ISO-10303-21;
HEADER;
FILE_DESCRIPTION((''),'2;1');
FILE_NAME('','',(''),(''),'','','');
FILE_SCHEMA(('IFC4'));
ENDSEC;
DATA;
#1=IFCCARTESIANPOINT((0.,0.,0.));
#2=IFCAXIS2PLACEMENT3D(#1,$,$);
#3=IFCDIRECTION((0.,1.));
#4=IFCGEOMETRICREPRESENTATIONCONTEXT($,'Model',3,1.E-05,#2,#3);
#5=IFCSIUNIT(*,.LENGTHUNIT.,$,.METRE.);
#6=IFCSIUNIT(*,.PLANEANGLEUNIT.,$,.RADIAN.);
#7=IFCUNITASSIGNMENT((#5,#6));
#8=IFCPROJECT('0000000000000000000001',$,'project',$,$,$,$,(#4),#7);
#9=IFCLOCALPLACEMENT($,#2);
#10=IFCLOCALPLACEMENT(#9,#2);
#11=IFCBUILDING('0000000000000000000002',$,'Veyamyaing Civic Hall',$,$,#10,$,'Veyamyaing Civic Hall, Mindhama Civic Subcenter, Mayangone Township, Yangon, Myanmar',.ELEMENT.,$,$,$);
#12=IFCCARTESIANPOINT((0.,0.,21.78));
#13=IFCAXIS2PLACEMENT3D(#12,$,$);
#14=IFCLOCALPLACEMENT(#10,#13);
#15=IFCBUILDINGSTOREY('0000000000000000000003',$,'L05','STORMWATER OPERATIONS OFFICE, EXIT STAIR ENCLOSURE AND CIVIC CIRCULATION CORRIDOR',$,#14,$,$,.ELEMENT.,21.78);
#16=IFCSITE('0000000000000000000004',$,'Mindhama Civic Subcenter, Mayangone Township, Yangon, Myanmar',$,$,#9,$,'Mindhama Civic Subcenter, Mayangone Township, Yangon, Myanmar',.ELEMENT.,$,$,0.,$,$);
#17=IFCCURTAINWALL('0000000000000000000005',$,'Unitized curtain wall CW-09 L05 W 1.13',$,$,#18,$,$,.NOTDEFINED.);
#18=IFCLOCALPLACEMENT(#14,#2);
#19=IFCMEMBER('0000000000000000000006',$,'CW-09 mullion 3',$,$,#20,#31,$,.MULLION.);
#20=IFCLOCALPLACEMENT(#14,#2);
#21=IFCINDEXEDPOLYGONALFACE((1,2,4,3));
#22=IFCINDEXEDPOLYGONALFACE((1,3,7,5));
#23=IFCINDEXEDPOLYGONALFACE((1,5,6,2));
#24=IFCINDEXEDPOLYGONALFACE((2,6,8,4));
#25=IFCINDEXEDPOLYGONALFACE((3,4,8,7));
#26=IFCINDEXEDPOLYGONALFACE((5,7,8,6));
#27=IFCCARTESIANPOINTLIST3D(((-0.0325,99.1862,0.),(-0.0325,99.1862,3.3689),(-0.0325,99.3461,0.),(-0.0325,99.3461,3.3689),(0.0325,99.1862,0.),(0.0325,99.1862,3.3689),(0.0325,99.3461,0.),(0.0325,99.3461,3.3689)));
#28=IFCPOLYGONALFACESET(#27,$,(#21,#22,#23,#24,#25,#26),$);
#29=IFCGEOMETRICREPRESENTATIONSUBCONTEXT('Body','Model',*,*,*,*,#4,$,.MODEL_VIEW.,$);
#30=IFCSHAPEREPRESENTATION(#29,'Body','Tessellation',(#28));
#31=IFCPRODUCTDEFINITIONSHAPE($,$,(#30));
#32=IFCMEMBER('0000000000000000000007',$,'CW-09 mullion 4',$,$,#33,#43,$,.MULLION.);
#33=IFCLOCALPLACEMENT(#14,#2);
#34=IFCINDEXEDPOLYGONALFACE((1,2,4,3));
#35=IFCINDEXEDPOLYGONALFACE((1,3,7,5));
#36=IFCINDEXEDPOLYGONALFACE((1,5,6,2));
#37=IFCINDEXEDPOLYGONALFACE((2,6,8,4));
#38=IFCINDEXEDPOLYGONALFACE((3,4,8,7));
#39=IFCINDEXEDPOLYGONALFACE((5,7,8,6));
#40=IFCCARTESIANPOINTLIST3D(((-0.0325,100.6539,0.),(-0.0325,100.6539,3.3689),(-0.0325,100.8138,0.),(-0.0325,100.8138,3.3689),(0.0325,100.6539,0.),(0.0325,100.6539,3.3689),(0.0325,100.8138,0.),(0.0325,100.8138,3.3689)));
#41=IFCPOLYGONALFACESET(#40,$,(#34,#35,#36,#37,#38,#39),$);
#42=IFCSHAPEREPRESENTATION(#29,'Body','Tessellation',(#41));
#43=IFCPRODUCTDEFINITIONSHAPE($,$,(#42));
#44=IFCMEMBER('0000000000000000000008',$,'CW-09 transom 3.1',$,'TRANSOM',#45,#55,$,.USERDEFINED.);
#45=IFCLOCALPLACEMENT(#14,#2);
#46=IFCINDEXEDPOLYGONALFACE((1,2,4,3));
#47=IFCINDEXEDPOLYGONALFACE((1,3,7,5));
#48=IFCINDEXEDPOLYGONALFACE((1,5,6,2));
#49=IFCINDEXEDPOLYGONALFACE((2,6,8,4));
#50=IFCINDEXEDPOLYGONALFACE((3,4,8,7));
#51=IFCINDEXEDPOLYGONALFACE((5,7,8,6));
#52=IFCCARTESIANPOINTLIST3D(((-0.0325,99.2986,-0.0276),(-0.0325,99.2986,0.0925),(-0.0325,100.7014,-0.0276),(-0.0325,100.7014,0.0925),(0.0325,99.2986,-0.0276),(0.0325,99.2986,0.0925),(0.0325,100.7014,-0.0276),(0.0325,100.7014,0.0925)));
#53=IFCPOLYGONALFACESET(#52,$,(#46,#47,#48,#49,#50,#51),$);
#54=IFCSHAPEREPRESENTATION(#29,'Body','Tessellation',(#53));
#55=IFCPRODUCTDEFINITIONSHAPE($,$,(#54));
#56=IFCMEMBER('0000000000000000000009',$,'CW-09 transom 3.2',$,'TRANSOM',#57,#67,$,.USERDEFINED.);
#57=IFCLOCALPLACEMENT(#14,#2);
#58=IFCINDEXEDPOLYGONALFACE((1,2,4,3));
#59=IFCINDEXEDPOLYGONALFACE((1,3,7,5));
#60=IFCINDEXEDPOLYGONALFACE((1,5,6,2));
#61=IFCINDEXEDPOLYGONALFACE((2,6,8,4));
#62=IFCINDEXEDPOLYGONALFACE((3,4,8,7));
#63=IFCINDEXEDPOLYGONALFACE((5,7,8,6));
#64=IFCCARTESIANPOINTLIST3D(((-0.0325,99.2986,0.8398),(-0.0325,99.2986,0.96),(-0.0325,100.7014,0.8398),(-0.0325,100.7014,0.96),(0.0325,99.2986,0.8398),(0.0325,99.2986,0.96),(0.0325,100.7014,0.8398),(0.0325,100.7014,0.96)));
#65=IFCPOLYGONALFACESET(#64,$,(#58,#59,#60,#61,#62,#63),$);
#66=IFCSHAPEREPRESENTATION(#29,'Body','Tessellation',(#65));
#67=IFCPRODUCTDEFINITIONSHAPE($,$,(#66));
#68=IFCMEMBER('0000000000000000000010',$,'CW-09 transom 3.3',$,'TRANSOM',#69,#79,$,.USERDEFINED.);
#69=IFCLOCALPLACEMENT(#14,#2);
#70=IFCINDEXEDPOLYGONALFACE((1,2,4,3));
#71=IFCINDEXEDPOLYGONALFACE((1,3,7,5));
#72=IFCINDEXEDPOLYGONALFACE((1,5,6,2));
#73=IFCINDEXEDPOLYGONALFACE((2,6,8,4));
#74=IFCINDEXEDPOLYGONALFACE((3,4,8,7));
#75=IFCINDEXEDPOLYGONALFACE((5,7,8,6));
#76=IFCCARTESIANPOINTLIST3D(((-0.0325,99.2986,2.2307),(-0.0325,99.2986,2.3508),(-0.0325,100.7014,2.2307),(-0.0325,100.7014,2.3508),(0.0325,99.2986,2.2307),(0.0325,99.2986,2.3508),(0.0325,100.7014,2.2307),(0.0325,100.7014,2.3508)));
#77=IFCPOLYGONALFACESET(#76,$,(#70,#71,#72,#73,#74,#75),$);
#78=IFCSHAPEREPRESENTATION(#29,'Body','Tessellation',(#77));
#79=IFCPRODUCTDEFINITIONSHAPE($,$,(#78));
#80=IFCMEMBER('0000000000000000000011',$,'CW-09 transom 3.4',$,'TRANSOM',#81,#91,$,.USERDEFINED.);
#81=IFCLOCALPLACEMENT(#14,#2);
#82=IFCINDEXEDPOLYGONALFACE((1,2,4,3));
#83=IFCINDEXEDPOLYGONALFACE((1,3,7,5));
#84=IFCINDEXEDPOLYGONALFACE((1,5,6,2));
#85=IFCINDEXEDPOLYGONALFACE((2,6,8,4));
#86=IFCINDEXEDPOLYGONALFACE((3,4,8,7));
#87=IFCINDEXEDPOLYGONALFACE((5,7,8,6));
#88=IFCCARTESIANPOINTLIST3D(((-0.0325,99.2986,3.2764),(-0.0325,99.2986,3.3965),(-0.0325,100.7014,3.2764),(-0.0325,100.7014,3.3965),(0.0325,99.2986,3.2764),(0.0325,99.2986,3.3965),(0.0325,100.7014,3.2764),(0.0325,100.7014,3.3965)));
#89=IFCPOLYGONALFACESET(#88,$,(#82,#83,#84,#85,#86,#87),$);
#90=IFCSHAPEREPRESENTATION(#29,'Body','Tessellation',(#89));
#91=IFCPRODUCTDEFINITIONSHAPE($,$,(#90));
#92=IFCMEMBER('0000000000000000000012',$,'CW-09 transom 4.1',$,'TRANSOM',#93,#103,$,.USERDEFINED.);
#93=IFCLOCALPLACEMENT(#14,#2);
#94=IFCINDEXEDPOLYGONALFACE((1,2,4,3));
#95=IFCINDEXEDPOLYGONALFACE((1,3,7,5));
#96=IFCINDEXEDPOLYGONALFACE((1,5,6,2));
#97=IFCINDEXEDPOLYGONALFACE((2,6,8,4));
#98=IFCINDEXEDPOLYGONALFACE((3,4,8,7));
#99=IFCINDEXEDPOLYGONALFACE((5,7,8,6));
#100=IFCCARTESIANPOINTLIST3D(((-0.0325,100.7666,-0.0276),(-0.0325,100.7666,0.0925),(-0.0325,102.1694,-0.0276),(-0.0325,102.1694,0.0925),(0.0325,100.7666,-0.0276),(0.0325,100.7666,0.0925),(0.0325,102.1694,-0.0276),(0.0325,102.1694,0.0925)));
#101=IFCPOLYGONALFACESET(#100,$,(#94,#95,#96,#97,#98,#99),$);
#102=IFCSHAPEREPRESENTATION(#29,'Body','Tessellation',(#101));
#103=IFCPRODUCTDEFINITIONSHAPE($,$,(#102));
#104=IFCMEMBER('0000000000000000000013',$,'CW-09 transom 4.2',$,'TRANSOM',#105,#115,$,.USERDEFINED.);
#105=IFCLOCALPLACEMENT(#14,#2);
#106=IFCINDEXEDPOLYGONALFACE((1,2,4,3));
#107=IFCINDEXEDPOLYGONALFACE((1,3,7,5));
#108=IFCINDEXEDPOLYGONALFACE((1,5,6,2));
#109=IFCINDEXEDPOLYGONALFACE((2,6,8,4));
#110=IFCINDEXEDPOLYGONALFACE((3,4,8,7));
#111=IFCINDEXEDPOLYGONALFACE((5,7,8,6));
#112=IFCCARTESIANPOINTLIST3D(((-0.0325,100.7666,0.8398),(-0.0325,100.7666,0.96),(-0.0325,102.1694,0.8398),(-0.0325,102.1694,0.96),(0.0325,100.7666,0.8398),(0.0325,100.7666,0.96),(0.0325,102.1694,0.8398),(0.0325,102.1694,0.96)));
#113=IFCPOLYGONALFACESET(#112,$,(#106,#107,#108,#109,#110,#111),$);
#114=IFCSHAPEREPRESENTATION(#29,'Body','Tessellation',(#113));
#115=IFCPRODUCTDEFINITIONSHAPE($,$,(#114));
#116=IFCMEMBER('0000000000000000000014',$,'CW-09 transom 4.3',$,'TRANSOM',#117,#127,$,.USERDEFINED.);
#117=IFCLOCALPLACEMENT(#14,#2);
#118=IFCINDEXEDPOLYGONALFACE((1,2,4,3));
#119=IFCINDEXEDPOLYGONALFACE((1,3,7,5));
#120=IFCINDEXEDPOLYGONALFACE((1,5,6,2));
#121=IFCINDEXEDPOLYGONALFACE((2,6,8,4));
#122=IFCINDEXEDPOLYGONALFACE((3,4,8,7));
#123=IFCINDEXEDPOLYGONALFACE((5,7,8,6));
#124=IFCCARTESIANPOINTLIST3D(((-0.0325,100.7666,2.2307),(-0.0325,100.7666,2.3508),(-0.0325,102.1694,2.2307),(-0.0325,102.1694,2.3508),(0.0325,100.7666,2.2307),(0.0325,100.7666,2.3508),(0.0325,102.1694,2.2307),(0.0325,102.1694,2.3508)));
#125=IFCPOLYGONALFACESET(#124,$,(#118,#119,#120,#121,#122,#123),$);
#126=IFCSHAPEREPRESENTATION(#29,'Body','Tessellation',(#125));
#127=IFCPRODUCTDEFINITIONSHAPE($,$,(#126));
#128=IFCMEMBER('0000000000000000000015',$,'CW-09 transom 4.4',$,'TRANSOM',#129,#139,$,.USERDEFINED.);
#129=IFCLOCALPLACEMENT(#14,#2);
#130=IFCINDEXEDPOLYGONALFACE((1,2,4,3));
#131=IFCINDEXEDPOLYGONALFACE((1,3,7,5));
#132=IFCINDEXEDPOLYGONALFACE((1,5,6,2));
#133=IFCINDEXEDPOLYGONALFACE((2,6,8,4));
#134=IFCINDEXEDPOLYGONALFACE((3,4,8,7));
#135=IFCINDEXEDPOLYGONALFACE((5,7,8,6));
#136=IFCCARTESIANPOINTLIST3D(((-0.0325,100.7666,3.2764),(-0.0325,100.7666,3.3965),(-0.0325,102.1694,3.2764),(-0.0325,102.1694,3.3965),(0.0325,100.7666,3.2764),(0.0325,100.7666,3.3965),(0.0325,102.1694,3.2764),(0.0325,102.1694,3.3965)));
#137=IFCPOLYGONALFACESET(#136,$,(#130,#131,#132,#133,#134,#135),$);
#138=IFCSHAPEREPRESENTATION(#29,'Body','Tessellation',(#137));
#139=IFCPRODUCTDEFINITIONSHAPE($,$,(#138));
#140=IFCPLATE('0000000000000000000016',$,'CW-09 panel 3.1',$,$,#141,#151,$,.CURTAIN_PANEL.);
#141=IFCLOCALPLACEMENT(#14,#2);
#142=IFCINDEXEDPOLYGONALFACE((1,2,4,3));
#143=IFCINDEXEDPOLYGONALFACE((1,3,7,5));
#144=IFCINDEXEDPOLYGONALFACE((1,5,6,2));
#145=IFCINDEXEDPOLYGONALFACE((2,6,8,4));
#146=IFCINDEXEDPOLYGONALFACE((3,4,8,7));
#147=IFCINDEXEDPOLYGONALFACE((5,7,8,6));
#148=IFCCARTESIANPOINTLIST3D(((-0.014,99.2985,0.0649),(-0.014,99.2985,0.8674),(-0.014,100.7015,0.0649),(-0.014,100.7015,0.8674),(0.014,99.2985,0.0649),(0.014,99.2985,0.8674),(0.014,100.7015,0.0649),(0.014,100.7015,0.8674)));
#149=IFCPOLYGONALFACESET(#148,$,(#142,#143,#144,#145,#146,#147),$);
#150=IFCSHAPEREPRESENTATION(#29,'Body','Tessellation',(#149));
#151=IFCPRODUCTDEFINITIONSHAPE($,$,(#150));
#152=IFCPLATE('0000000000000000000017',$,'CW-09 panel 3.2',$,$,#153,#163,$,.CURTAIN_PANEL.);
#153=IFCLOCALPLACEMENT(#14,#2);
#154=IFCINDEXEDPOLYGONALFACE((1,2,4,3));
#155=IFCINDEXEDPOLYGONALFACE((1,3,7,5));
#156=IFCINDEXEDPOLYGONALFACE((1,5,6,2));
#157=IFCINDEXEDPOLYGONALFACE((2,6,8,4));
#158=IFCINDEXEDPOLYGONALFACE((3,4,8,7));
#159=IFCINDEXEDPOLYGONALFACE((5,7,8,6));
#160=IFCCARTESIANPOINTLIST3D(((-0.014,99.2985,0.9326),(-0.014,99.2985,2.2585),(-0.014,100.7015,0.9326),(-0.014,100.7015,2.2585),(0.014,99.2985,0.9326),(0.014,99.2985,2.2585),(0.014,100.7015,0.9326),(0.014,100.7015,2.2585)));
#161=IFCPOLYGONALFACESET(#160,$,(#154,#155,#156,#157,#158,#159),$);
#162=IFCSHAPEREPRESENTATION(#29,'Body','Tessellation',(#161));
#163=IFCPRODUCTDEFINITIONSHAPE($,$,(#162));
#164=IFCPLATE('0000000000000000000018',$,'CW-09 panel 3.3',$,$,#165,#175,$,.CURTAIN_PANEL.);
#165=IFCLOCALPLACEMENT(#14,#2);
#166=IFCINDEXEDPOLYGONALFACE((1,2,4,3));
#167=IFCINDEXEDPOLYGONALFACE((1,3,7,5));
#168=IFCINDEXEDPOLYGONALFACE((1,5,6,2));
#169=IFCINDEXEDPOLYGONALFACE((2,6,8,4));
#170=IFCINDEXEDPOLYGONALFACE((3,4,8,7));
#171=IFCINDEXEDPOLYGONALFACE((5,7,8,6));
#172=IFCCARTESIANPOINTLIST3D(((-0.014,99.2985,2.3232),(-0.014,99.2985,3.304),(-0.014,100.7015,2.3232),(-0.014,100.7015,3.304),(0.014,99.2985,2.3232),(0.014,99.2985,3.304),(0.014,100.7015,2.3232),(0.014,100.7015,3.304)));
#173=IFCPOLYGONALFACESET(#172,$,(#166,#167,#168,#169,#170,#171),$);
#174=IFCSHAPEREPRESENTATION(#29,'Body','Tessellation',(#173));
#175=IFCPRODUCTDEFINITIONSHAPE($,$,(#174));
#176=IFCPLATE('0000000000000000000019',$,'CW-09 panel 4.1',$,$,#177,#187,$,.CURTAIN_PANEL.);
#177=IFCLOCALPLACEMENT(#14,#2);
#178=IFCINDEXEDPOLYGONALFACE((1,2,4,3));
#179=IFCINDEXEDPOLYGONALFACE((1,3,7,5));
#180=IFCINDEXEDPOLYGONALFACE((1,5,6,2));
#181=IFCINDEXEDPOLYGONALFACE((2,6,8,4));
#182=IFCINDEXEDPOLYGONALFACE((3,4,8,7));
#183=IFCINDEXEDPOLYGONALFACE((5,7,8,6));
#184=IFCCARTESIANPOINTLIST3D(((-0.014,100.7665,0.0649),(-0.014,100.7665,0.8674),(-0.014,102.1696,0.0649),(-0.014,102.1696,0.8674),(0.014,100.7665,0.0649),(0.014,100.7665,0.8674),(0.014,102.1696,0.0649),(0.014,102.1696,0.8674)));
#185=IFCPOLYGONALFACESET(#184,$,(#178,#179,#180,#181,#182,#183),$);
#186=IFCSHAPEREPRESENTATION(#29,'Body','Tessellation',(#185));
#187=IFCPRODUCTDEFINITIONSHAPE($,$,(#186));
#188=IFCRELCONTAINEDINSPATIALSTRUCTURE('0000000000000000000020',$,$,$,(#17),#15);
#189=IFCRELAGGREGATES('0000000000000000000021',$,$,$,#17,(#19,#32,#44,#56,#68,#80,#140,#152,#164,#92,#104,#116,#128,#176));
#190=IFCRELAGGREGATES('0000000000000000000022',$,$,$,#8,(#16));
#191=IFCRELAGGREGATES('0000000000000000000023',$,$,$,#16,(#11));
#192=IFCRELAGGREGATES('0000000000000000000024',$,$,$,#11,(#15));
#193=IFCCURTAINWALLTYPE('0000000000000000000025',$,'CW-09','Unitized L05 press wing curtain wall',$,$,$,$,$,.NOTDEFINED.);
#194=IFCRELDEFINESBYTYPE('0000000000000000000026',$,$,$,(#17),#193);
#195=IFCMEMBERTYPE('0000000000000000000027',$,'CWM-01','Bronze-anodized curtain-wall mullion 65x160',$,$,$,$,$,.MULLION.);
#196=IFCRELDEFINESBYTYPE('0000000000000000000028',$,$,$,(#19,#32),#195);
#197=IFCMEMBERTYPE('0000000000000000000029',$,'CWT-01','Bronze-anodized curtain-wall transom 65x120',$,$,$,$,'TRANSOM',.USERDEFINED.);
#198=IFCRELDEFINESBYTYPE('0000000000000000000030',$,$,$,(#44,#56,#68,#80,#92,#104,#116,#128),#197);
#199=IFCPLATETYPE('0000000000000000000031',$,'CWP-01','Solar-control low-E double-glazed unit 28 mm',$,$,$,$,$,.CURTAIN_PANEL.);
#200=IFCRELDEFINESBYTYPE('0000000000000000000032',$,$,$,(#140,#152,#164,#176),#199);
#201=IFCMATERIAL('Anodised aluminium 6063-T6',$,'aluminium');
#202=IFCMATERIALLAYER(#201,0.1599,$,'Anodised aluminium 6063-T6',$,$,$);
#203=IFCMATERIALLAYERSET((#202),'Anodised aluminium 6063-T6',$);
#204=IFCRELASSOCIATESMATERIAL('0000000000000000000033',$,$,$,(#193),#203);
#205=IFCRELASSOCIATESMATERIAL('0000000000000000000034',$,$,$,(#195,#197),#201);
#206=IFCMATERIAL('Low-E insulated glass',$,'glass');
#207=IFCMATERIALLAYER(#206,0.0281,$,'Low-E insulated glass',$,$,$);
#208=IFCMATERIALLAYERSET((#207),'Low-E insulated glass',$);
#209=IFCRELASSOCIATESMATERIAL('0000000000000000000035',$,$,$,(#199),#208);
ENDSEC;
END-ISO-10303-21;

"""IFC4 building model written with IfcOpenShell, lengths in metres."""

from ifc_helpers import new_model, si_unit, direction, frame, origin, origin_2d, place, context, subcontext, project, spatial, rectangle, extrude, material, layer, layer_set, material_profile, profile_set, type_object, element, aggregate, save


model = new_model("IFC4")

# Units and contexts
model_context = context("Model", 3, precision=1e-05, world=origin(), true_north=direction((0.0, 1.0)))
body_context = subcontext(model_context, "Body", "Model", "MODEL_VIEW")
ifc_project = project(units=[si_unit("LENGTHUNIT", "METRE"), si_unit("PLANEANGLEUNIT", "RADIAN")], contexts=[model_context])

# Site, building, storey
site_placement = place(None, origin())
site = spatial("IfcSite", under=ifc_project, at=site_placement, Name="Mindhama Civic Subcenter, Mayangone Township, Yangon, Myanmar", LongName="Mindhama Civic Subcenter, Mayangone Township, Yangon, Myanmar", CompositionType="ELEMENT", RefElevation=0.0)
building_placement = place(site_placement, origin())
building = spatial("IfcBuilding", under=site, at=building_placement, Name="Veyamyaing Civic Hall", LongName="Veyamyaing Civic Hall, Mindhama Civic Subcenter, Mayangone Township, Yangon, Myanmar", CompositionType="ELEMENT")
storey_placement = place(building_placement, frame((0.0, 0.0, 21.78)))
storey = spatial("IfcBuildingStorey", under=building, at=storey_placement, Name="L05", Description="STORMWATER OPERATIONS OFFICE, EXIT STAIR ENCLOSURE AND CIVIC CIRCULATION CORRIDOR", CompositionType="ELEMENT", Elevation=21.78)

# Curtain wall, members, plates
ifc_material_1 = material(Name="Anodised aluminium 6063-T6", Category="aluminium")
ifc_layer_1 = layer(ifc_material_1, 0.1599, Name="Anodised aluminium 6063-T6")
ifc_layer_set_1 = layer_set([ifc_layer_1], Name="Anodised aluminium 6063-T6")
curtain_wall_type = type_object("IfcCurtainWallType", Name="CW-09", Description="Unitized L05 press wing curtain wall", PredefinedType="NOTDEFINED", material=ifc_layer_set_1)
curtain_wall_placement = place(storey_placement, origin())
curtain_wall = element("IfcCurtainWall", 1, at=curtain_wall_placement, inside=storey, type_object=curtain_wall_type, Name="Unitized curtain wall CW-09 L05 W 1.13", PredefinedType="NOTDEFINED")
ifc_material_profile_1 = material_profile(ifc_material_1, rectangle(XDim=0.0649, YDim=0.1599, at=origin_2d()), Name="ALU-MUL-65X160")
ifc_profile_set_1 = profile_set([ifc_material_profile_1], Name="Anodised aluminium 6063-T6")
member_type_1 = type_object("IfcMemberType", Name="CWM-01", Description="Bronze-anodized curtain-wall mullion 65x160", PredefinedType="MULLION", material=ifc_profile_set_1)
member_1_placement = place(storey_placement, frame((0.0, 99.2661, 0.0), z_axis=(0.0, 0.0, 1.0), x_axis=(-1.0, 0.0, 0.0)))
member_1 = element("IfcMember", 2, at=member_1_placement, type_object=member_type_1, Name="CW-09 mullion 3", PredefinedType="MULLION", context=body_context, shape_type="SweptSolid", body=[
    extrude(rectangle(XDim=0.0649, YDim=0.1599, at=origin_2d()), origin(), (0.0, 0.0, 1.0), 3.3689),
])
member_2_placement = place(storey_placement, frame((0.0, 100.7339, 0.0), z_axis=(0.0, 0.0, 1.0), x_axis=(-1.0, 0.0, 0.0)))
member_2 = element("IfcMember", 3, at=member_2_placement, type_object=member_type_1, Name="CW-09 mullion 4", PredefinedType="MULLION", context=body_context, shape_type="SweptSolid", body=[
    extrude(rectangle(XDim=0.0649, YDim=0.1599, at=origin_2d()), origin(), (0.0, 0.0, 1.0), 3.3689),
])
ifc_material_profile_2 = material_profile(ifc_material_1, rectangle(XDim=0.0649, YDim=0.1201, at=origin_2d()), Name="ALU-TRN-65X120")
ifc_profile_set_2 = profile_set([ifc_material_profile_2], Name="Anodised aluminium 6063-T6")
member_type_2 = type_object("IfcMemberType", Name="CWT-01", Description="Bronze-anodized curtain-wall transom 65x120", ElementType="TRANSOM", PredefinedType="USERDEFINED", material=ifc_profile_set_2)
member_3_placement = place(storey_placement, frame((0.0, 99.2986, 0.0325), z_axis=(0.0, 1.0, 0.0), x_axis=(-1.0, 0.0, 0.0)))
member_3 = element("IfcMember", 4, at=member_3_placement, type_object=member_type_2, Name="CW-09 transom 3.1", ObjectType="TRANSOM", PredefinedType="USERDEFINED", context=body_context, shape_type="SweptSolid", body=[
    extrude(rectangle(XDim=0.0649, YDim=0.1201, at=origin_2d()), origin(), (0.0, 0.0, 1.0), 1.4028),
])
member_4_placement = place(storey_placement, frame((0.0, 99.2986, 0.8999), z_axis=(0.0, 1.0, 0.0), x_axis=(-1.0, 0.0, 0.0)))
member_4 = element("IfcMember", 5, at=member_4_placement, type_object=member_type_2, Name="CW-09 transom 3.2", ObjectType="TRANSOM", PredefinedType="USERDEFINED", context=body_context, shape_type="SweptSolid", body=[
    extrude(rectangle(XDim=0.0649, YDim=0.1201, at=origin_2d()), origin(), (0.0, 0.0, 1.0), 1.4028),
])
member_5_placement = place(storey_placement, frame((0.0, 99.2986, 2.2908), z_axis=(0.0, 1.0, 0.0), x_axis=(-1.0, 0.0, 0.0)))
member_5 = element("IfcMember", 6, at=member_5_placement, type_object=member_type_2, Name="CW-09 transom 3.3", ObjectType="TRANSOM", PredefinedType="USERDEFINED", context=body_context, shape_type="SweptSolid", body=[
    extrude(rectangle(XDim=0.0649, YDim=0.1201, at=origin_2d()), origin(), (0.0, 0.0, 1.0), 1.4028),
])
member_6_placement = place(storey_placement, frame((0.0, 99.2986, 3.3364), z_axis=(0.0, 1.0, 0.0), x_axis=(-1.0, 0.0, 0.0)))
member_6 = element("IfcMember", 7, at=member_6_placement, type_object=member_type_2, Name="CW-09 transom 3.4", ObjectType="TRANSOM", PredefinedType="USERDEFINED", context=body_context, shape_type="SweptSolid", body=[
    extrude(rectangle(XDim=0.0649, YDim=0.1201, at=origin_2d()), origin(), (0.0, 0.0, 1.0), 1.4028),
])
member_7_placement = place(storey_placement, frame((0.0, 100.7666, 0.0325), z_axis=(0.0, 1.0, 0.0), x_axis=(-1.0, 0.0, 0.0)))
member_7 = element("IfcMember", 8, at=member_7_placement, type_object=member_type_2, Name="CW-09 transom 4.1", ObjectType="TRANSOM", PredefinedType="USERDEFINED", context=body_context, shape_type="SweptSolid", body=[
    extrude(rectangle(XDim=0.0649, YDim=0.1201, at=origin_2d()), origin(), (0.0, 0.0, 1.0), 1.4028),
])
member_8_placement = place(storey_placement, frame((0.0, 100.7666, 0.8999), z_axis=(0.0, 1.0, 0.0), x_axis=(-1.0, 0.0, 0.0)))
member_8 = element("IfcMember", 9, at=member_8_placement, type_object=member_type_2, Name="CW-09 transom 4.2", ObjectType="TRANSOM", PredefinedType="USERDEFINED", context=body_context, shape_type="SweptSolid", body=[
    extrude(rectangle(XDim=0.0649, YDim=0.1201, at=origin_2d()), origin(), (0.0, 0.0, 1.0), 1.4028),
])
member_9_placement = place(storey_placement, frame((0.0, 100.7666, 2.2908), z_axis=(0.0, 1.0, 0.0), x_axis=(-1.0, 0.0, 0.0)))
member_9 = element("IfcMember", 10, at=member_9_placement, type_object=member_type_2, Name="CW-09 transom 4.3", ObjectType="TRANSOM", PredefinedType="USERDEFINED", context=body_context, shape_type="SweptSolid", body=[
    extrude(rectangle(XDim=0.0649, YDim=0.1201, at=origin_2d()), origin(), (0.0, 0.0, 1.0), 1.4028),
])
member_10_placement = place(storey_placement, frame((0.0, 100.7666, 3.3364), z_axis=(0.0, 1.0, 0.0), x_axis=(-1.0, 0.0, 0.0)))
member_10 = element("IfcMember", 11, at=member_10_placement, type_object=member_type_2, Name="CW-09 transom 4.4", ObjectType="TRANSOM", PredefinedType="USERDEFINED", context=body_context, shape_type="SweptSolid", body=[
    extrude(rectangle(XDim=0.0649, YDim=0.1201, at=origin_2d()), origin(), (0.0, 0.0, 1.0), 1.4028),
])
ifc_material_2 = material(Name="Low-E insulated glass", Category="glass")
ifc_layer_2 = layer(ifc_material_2, 0.0281, Name="Low-E insulated glass")
ifc_layer_set_2 = layer_set([ifc_layer_2], Name="Low-E insulated glass")
plate_type = type_object("IfcPlateType", Name="CWP-01", Description="Solar-control low-E double-glazed unit 28 mm", PredefinedType="CURTAIN_PANEL", material=ifc_layer_set_2)
plate_1_placement = place(storey_placement, frame((0.0, 100.0, 0.0649), z_axis=(0.0, 0.0, 1.0), x_axis=(0.0, 1.0, 0.0)))
plate_1 = element("IfcPlate", 12, at=plate_1_placement, type_object=plate_type, Name="CW-09 panel 3.1", PredefinedType="CURTAIN_PANEL", context=body_context, shape_type="SweptSolid", body=[
    extrude(rectangle(XDim=1.4031, YDim=0.0281, at=origin_2d()), origin(), (0.0, 0.0, 1.0), 0.8025),
])
plate_2_placement = place(storey_placement, frame((0.0, 100.0, 0.9326), z_axis=(0.0, 0.0, 1.0), x_axis=(0.0, 1.0, 0.0)))
plate_2 = element("IfcPlate", 13, at=plate_2_placement, type_object=plate_type, Name="CW-09 panel 3.2", PredefinedType="CURTAIN_PANEL", context=body_context, shape_type="SweptSolid", body=[
    extrude(rectangle(XDim=1.4031, YDim=0.0281, at=origin_2d()), origin(), (0.0, 0.0, 1.0), 1.3259),
])
plate_3_placement = place(storey_placement, frame((0.0, 100.0, 2.3232), z_axis=(0.0, 0.0, 1.0), x_axis=(0.0, 1.0, 0.0)))
plate_3 = element("IfcPlate", 14, at=plate_3_placement, type_object=plate_type, Name="CW-09 panel 3.3", PredefinedType="CURTAIN_PANEL", context=body_context, shape_type="SweptSolid", body=[
    extrude(rectangle(XDim=1.4031, YDim=0.0281, at=origin_2d()), origin(), (0.0, 0.0, 1.0), 0.9807),
])
plate_4_placement = place(storey_placement, frame((0.0, 101.468, 0.0649), z_axis=(0.0, 0.0, 1.0), x_axis=(0.0, 1.0, 0.0)))
plate_4 = element("IfcPlate", 15, at=plate_4_placement, type_object=plate_type, Name="CW-09 panel 4.1", PredefinedType="CURTAIN_PANEL", context=body_context, shape_type="SweptSolid", body=[
    extrude(rectangle(XDim=1.4031, YDim=0.0281, at=origin_2d()), origin(), (0.0, 0.0, 1.0), 0.8025),
])
aggregate(curtain_wall, [member_1, member_2, member_3, member_4, member_5, member_6, plate_1, plate_2, plate_3, member_7, member_8, member_9, member_10, plate_4])

save(model, "model.ifc")
